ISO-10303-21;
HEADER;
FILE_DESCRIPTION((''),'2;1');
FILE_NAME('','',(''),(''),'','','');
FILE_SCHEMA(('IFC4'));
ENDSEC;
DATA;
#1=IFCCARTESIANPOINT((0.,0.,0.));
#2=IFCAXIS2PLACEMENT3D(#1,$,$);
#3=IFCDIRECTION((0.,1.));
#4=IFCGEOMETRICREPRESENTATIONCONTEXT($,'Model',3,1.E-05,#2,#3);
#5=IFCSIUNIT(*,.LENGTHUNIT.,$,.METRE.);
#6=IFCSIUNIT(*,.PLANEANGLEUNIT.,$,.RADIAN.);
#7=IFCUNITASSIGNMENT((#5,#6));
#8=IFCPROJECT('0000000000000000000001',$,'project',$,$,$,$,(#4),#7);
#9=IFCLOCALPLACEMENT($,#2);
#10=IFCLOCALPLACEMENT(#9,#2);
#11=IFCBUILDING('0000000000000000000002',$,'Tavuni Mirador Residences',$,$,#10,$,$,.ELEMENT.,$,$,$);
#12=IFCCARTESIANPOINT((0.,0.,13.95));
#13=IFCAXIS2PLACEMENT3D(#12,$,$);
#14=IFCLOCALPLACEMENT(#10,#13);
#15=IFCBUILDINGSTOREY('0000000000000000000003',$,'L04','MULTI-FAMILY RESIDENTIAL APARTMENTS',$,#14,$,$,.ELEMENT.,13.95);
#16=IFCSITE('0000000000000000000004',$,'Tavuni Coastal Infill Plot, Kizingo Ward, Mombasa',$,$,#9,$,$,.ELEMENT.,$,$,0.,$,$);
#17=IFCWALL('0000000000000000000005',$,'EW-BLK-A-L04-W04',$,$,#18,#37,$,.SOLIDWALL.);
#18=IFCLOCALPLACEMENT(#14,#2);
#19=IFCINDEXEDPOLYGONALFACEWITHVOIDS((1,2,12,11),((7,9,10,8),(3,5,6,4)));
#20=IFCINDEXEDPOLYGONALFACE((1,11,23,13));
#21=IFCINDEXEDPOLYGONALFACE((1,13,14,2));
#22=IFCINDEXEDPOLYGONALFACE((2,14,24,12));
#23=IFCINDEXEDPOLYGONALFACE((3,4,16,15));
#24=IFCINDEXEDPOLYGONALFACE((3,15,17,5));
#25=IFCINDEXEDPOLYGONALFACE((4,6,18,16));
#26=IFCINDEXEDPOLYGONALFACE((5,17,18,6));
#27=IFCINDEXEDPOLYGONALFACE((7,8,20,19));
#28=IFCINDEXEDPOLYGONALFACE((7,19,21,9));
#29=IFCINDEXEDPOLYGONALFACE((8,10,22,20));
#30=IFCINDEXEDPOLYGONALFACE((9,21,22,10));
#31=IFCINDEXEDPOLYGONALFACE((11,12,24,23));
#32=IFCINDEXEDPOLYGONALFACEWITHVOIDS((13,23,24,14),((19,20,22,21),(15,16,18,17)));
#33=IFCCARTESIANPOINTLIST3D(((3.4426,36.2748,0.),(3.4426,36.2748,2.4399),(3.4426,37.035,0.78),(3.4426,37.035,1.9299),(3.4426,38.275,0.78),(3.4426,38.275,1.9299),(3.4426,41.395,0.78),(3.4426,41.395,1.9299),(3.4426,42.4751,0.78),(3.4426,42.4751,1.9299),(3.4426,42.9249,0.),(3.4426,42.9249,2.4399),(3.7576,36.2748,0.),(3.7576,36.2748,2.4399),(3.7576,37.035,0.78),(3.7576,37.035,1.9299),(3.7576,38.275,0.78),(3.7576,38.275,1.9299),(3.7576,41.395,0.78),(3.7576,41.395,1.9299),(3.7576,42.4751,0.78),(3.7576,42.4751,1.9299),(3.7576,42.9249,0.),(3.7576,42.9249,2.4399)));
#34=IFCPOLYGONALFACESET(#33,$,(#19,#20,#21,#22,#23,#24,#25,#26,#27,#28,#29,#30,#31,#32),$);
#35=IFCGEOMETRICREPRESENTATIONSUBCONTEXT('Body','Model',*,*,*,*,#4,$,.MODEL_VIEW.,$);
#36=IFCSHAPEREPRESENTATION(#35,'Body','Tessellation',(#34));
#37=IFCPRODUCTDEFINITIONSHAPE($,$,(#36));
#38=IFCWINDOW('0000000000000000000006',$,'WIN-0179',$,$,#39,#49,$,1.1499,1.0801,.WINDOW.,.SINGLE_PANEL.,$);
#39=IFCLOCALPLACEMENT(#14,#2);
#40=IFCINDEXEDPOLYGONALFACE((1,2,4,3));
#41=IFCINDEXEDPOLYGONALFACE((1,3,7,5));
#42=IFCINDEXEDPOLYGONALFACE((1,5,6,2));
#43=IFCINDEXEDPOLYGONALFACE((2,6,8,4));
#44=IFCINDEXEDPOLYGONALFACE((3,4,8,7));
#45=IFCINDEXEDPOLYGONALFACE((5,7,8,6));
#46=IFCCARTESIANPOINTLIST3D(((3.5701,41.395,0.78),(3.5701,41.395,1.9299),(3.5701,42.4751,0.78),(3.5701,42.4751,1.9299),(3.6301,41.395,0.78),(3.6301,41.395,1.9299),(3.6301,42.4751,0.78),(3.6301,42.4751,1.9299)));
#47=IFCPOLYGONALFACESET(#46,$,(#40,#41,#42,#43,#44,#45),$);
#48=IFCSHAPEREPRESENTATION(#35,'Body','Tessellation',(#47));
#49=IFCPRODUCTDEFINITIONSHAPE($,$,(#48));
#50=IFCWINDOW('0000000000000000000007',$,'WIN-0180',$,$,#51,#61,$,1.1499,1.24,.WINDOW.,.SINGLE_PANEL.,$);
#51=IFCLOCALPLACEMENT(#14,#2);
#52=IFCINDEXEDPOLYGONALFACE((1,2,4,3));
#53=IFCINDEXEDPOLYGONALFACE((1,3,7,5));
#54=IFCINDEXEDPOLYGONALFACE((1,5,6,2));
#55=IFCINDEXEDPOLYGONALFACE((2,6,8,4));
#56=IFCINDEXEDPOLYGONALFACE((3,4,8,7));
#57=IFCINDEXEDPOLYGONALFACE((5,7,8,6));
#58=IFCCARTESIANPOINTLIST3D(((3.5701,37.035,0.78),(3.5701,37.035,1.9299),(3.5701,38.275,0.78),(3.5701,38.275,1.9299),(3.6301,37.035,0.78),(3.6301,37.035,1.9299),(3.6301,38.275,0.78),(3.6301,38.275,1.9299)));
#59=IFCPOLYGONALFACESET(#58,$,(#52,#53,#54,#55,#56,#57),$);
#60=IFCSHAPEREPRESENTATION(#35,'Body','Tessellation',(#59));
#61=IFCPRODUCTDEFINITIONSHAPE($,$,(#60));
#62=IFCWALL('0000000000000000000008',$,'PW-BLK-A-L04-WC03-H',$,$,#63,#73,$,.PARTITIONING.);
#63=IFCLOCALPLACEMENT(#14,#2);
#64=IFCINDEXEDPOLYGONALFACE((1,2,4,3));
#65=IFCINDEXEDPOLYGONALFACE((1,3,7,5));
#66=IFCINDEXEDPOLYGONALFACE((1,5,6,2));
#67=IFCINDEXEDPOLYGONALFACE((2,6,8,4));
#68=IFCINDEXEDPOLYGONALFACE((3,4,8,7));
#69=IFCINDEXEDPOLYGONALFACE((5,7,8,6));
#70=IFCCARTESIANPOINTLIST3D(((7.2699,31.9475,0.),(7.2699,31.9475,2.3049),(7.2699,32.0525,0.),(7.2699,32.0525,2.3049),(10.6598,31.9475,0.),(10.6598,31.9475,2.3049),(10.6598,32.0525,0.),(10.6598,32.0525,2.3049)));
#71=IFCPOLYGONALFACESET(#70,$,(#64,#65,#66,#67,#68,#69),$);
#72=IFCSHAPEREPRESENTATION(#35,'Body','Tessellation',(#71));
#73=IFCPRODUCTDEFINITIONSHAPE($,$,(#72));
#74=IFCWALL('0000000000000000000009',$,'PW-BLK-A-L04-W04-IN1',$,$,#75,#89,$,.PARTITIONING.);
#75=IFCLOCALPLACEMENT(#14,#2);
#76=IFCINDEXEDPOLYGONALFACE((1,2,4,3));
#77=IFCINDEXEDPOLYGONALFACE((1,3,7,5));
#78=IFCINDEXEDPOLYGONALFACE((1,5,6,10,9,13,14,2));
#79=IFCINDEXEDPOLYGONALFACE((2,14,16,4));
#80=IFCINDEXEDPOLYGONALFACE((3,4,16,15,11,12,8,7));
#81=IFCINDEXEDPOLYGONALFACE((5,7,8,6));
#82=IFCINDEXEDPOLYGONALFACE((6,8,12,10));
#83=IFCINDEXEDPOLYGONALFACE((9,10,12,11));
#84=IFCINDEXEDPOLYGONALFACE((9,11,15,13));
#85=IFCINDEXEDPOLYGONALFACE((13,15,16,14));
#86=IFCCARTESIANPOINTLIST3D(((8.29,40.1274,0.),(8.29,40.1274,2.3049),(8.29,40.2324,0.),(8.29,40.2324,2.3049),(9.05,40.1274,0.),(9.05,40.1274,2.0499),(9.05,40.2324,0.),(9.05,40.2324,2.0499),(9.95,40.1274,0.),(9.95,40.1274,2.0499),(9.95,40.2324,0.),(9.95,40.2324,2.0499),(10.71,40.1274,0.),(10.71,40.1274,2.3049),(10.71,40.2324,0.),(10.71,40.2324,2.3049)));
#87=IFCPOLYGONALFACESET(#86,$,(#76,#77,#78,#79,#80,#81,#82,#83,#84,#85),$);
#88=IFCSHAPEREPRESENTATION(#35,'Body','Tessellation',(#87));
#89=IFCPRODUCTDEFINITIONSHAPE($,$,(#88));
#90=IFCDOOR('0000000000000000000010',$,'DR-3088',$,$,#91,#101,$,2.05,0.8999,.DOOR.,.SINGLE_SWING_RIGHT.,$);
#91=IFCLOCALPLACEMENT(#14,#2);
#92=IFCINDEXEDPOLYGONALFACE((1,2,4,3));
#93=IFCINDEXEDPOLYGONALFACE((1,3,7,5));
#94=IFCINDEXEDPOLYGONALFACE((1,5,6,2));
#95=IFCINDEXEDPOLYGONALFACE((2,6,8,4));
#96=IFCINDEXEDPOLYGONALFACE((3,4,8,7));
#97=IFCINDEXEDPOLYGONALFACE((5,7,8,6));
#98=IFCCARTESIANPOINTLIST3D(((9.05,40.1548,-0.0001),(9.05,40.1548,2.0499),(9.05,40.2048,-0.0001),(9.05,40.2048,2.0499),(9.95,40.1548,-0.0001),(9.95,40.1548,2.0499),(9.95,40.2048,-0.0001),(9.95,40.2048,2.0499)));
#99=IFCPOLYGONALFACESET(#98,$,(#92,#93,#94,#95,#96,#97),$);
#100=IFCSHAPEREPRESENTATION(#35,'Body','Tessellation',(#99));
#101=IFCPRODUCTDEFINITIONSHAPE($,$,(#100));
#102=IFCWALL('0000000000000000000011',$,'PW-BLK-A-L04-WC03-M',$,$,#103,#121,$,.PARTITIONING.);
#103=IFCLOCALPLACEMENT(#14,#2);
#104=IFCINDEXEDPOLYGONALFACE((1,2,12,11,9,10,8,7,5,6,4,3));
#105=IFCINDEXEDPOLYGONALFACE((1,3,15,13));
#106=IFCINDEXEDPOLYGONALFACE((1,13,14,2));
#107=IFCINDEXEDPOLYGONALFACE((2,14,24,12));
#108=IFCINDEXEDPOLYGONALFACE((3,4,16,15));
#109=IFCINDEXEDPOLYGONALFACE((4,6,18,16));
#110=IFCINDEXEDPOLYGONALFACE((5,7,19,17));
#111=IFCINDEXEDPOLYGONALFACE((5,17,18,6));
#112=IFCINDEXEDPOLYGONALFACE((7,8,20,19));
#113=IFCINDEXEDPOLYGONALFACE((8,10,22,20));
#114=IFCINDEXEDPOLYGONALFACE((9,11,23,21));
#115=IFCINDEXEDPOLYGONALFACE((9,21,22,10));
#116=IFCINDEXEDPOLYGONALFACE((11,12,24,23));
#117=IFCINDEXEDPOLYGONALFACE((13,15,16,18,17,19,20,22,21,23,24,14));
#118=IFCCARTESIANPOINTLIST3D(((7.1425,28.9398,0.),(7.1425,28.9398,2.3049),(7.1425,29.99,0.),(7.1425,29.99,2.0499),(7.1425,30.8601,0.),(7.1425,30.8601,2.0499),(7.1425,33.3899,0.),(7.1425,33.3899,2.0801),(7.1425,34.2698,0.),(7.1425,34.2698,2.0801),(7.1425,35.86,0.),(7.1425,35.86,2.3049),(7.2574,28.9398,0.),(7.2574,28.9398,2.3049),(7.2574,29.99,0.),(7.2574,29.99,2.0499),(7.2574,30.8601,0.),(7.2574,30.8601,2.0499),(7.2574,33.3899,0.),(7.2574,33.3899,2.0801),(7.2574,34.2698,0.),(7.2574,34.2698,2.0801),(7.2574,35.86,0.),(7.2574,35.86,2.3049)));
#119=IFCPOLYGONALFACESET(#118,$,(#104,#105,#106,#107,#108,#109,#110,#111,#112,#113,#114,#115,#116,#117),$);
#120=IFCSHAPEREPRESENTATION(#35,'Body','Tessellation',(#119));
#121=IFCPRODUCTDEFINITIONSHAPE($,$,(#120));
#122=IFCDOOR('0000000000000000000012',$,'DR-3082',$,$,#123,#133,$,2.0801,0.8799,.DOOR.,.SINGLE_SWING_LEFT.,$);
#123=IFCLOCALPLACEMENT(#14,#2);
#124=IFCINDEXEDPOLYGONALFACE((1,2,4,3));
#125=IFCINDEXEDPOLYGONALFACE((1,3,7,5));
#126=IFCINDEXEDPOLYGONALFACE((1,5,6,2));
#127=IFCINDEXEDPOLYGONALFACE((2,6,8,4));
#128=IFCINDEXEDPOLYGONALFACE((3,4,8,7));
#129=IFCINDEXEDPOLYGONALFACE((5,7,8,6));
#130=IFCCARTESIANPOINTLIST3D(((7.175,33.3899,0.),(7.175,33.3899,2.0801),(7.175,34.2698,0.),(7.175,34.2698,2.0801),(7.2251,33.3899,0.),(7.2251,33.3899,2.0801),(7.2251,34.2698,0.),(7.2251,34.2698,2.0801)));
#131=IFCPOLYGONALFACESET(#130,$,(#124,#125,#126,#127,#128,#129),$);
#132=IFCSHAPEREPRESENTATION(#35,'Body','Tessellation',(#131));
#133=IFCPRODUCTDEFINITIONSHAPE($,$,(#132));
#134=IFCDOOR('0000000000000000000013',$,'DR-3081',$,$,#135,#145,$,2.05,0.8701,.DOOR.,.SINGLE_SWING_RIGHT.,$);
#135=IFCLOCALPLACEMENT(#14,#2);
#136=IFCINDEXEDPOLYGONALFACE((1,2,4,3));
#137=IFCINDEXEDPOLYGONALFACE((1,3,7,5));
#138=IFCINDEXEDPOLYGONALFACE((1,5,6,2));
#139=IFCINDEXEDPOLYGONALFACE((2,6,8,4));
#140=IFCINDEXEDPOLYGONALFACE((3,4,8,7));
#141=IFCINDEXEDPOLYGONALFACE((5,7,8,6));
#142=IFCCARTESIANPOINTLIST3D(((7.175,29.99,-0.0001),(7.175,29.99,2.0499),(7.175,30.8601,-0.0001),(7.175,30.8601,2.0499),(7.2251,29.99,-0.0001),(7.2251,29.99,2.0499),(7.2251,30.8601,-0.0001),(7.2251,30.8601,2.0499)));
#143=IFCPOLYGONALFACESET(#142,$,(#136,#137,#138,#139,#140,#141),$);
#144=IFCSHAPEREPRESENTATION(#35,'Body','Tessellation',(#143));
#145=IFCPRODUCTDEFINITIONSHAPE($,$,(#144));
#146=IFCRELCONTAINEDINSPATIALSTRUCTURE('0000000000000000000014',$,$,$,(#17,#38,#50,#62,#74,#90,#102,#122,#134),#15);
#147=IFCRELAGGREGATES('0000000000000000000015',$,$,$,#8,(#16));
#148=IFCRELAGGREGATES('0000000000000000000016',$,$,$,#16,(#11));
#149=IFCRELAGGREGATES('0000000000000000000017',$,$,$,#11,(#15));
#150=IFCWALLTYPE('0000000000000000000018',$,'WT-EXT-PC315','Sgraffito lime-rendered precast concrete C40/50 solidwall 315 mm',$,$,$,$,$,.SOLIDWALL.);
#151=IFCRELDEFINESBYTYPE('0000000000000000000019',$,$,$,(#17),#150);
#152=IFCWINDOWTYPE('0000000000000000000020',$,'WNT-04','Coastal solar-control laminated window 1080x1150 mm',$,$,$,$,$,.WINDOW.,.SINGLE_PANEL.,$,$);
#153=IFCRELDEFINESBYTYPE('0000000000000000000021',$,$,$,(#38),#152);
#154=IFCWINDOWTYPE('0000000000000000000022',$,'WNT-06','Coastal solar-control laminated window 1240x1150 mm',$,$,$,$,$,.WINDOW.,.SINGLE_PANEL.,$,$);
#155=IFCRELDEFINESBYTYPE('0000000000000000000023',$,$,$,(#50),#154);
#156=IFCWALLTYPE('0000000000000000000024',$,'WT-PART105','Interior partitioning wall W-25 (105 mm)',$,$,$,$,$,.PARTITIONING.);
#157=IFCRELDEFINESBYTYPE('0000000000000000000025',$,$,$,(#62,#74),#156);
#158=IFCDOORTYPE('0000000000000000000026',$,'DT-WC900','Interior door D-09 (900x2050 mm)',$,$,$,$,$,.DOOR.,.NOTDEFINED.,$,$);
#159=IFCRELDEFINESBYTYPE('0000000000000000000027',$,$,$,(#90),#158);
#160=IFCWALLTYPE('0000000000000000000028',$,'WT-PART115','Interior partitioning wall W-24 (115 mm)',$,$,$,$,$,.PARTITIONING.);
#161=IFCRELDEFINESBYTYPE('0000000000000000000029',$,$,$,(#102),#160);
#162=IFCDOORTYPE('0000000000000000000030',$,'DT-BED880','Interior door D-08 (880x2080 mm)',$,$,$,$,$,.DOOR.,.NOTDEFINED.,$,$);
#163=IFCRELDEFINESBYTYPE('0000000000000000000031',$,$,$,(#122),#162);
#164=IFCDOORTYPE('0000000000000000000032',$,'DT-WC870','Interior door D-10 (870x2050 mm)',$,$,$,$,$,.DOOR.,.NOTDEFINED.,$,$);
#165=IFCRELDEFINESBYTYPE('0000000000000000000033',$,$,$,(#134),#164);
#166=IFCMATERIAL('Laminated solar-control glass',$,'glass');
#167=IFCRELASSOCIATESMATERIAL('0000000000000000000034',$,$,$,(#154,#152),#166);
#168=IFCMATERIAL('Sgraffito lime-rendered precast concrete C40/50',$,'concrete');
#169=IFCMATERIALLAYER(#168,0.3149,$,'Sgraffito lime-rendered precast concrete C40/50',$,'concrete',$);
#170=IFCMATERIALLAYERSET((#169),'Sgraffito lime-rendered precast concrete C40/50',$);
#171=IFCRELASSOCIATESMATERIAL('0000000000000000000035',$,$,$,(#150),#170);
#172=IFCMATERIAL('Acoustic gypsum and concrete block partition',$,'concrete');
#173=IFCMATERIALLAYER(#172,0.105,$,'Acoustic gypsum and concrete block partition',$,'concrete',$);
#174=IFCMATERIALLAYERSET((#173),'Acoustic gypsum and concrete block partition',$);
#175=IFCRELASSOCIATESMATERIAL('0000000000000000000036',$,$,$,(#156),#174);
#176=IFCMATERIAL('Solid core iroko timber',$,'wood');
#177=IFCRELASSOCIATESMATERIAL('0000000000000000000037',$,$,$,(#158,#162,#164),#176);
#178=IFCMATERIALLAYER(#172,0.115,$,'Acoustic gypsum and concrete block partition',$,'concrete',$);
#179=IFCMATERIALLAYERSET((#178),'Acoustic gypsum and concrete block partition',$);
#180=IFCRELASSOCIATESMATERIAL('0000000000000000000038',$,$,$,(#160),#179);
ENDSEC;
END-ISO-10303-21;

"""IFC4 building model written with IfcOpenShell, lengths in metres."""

from ifc_helpers import new_model, si_unit, direction, frame, frame_2d, origin, place, context, subcontext, project, spatial, rectangle, extrude, material, layer, layer_set, type_object, element, fill, save


model = new_model("IFC4")

# Units and contexts
model_context = context("Model", 3, precision=1e-05, world=origin(), true_north=direction((0.0, 1.0)))
body_context = subcontext(model_context, "Body", "Model", "MODEL_VIEW")
ifc_project = project(units=[si_unit("LENGTHUNIT", "METRE"), si_unit("PLANEANGLEUNIT", "RADIAN")], contexts=[model_context])

# Site, building, storey
site_placement = place(None, origin())
site = spatial("IfcSite", under=ifc_project, at=site_placement, Name="Tavuni Coastal Infill Plot, Kizingo Ward, Mombasa", CompositionType="ELEMENT", RefElevation=0.0)
building_placement = place(site_placement, origin())
building = spatial("IfcBuilding", under=site, at=building_placement, Name="Tavuni Mirador Residences", CompositionType="ELEMENT")
storey_placement = place(building_placement, frame((0.0, 0.0, 13.95)))
storey = spatial("IfcBuildingStorey", under=building, at=storey_placement, Name="L04", Description="MULTI-FAMILY RESIDENTIAL APARTMENTS", CompositionType="ELEMENT", Elevation=13.95)

# Wall, openings, windows
ifc_material_1 = material(Name="Laminated solar-control glass", Category="glass")
window_type_1 = type_object("IfcWindowType", Name="WNT-06", Description="Coastal solar-control laminated window 1240x1150 mm", PartitioningType="SINGLE_PANEL", PredefinedType="WINDOW", material=ifc_material_1)
ifc_material_2 = material(Name="Sgraffito lime-rendered precast concrete C40/50", Category="concrete")
ifc_layer_1 = layer(ifc_material_2, 0.3149, Name="Sgraffito lime-rendered precast concrete C40/50", Category="concrete")
ifc_layer_set_1 = layer_set([ifc_layer_1], Name="Sgraffito lime-rendered precast concrete C40/50")
wall_type_1 = type_object("IfcWallType", Name="WT-EXT-PC315", Description="Sgraffito lime-rendered precast concrete C40/50 solidwall 315 mm", PredefinedType="SOLIDWALL", material=ifc_layer_set_1)
wall_1_placement = place(storey_placement, frame((3.6001, 42.925, 0.0), z_axis=(0.0, 0.0, 1.0), x_axis=(0.0, -1.0, 0.0)))
wall_1 = element("IfcWall", 1, at=wall_1_placement, inside=storey, type_object=wall_type_1, Name="EW-BLK-A-L04-W04", PredefinedType="SOLIDWALL", context=body_context, shape_type="SweptSolid", body=[
    extrude(rectangle(XDim=6.6501, YDim=0.3149, at=frame_2d((3.3252, 0.0))), origin(), (0.0, 0.0, 1.0), 2.4399),
])
opening_1_placement = place(wall_1_placement, frame((0.45, 0.0, 0.78)))
opening_1 = element("IfcOpeningElement", 2, at=opening_1_placement, cuts=wall_1, PredefinedType="OPENING", context=body_context, shape_type="SweptSolid", body=[
    extrude(rectangle(XDim=1.0801, YDim=1.1499, at=frame_2d((0.54, 0.575))), frame((0.0, 0.1675, 0.0), z_axis=(0.0, -1.0, 0.0), x_axis=(1.0, 0.0, 0.0)), (0.0, 0.0, 1.0), 0.335),
])
opening_2_placement = place(wall_1_placement, frame((4.6499, 0.0, 0.78)))
opening_2 = element("IfcOpeningElement", 3, at=opening_2_placement, cuts=wall_1, PredefinedType="OPENING", context=body_context, shape_type="SweptSolid", body=[
    extrude(rectangle(XDim=1.24, YDim=1.1499, at=frame_2d((0.6201, 0.575))), frame((0.0, 0.1675, 0.0), z_axis=(0.0, -1.0, 0.0), x_axis=(1.0, 0.0, 0.0)), (0.0, 0.0, 1.0), 0.335),
])
window_type_2 = type_object("IfcWindowType", Name="WNT-04", Description="Coastal solar-control laminated window 1080x1150 mm", PartitioningType="SINGLE_PANEL", PredefinedType="WINDOW", material=ifc_material_1)
window_1_placement = place(opening_1_placement, origin())
window_1 = element("IfcWindow", 4, at=window_1_placement, inside=storey, type_object=window_type_2, Name="WIN-0179", OverallHeight=1.1499, OverallWidth=1.0801, PartitioningType="SINGLE_PANEL", PredefinedType="WINDOW", context=body_context, shape_type="SweptSolid", body=[
    extrude(rectangle(XDim=1.0801, YDim=1.1499, at=frame_2d((0.54, 0.575))), frame((0.0, 0.03, 0.0), z_axis=(0.0, -1.0, 0.0), x_axis=(1.0, 0.0, 0.0)), (0.0, 0.0, 1.0), 0.0601),
])
fill(opening_1, window_1)
window_2_placement = place(opening_2_placement, origin())
window_2 = element("IfcWindow", 5, at=window_2_placement, inside=storey, type_object=window_type_1, Name="WIN-0180", OverallHeight=1.1499, OverallWidth=1.24, PartitioningType="SINGLE_PANEL", PredefinedType="WINDOW", context=body_context, shape_type="SweptSolid", body=[
    extrude(rectangle(XDim=1.24, YDim=1.1499, at=frame_2d((0.6201, 0.575))), frame((0.0, 0.03, 0.0), z_axis=(0.0, -1.0, 0.0), x_axis=(1.0, 0.0, 0.0)), (0.0, 0.0, 1.0), 0.0601),
])
fill(opening_2, window_2)

# Wall
ifc_material_3 = material(Name="Acoustic gypsum and concrete block partition", Category="concrete")
ifc_layer_2 = layer(ifc_material_3, 0.105, Name="Acoustic gypsum and concrete block partition", Category="concrete")
ifc_layer_set_2 = layer_set([ifc_layer_2], Name="Acoustic gypsum and concrete block partition")
wall_type_2 = type_object("IfcWallType", Name="WT-PART105", Description="Interior partitioning wall W-25 (105 mm)", PredefinedType="PARTITIONING", material=ifc_layer_set_2)
wall_2_placement = place(storey_placement, frame((7.27, 32.0, 0.0), z_axis=(0.0, 0.0, 1.0), x_axis=(1.0, 0.0, 0.0)))
element("IfcWall", 6, at=wall_2_placement, inside=storey, type_object=wall_type_2, Name="PW-BLK-A-L04-WC03-H", PredefinedType="PARTITIONING", context=body_context, shape_type="SweptSolid", body=[
    extrude(rectangle(XDim=3.3899, YDim=0.105, at=frame_2d((1.6948, 0.0))), origin(), (0.0, 0.0, 1.0), 2.3049),
])

# Wall, opening, door
wall_3_placement = place(storey_placement, frame((8.29, 40.1799, 0.0), z_axis=(0.0, 0.0, 1.0), x_axis=(1.0, 0.0, 0.0)))
wall_3 = element("IfcWall", 7, at=wall_3_placement, inside=storey, type_object=wall_type_2, Name="PW-BLK-A-L04-W04-IN1", PredefinedType="PARTITIONING", context=body_context, shape_type="SweptSolid", body=[
    extrude(rectangle(XDim=2.4199, YDim=0.105, at=frame_2d((1.21, 0.0))), origin(), (0.0, 0.0, 1.0), 2.3049),
])
opening_3_placement = place(wall_3_placement, frame((0.76, 0.0, 0.0)))
opening_3 = element("IfcOpeningElement", 8, at=opening_3_placement, cuts=wall_3, PredefinedType="OPENING", context=body_context, shape_type="SweptSolid", body=[
    extrude(rectangle(XDim=0.8999, YDim=2.05, at=frame_2d((0.45, 1.0249))), frame((0.0, 0.0625, 0.0), z_axis=(0.0, -1.0, 0.0), x_axis=(1.0, 0.0, 0.0)), (0.0, 0.0, 1.0), 0.125),
])
ifc_material_4 = material(Name="Solid core iroko timber", Category="wood")
door_type_1 = type_object("IfcDoorType", Name="DT-WC900", Description="Interior door D-09 (900x2050 mm)", OperationType="NOTDEFINED", PredefinedType="DOOR", material=ifc_material_4)
door_1_placement = place(opening_3_placement, origin())
door_1 = element("IfcDoor", 9, at=door_1_placement, inside=storey, type_object=door_type_1, Name="DR-3088", OperationType="SINGLE_SWING_RIGHT", OverallHeight=2.05, OverallWidth=0.8999, PredefinedType="DOOR", context=body_context, shape_type="SweptSolid", body=[
    extrude(rectangle(XDim=0.8999, YDim=2.05, at=frame_2d((0.45, 1.0249))), frame((0.0, 0.0249, 0.0), z_axis=(0.0, -1.0, 0.0), x_axis=(1.0, 0.0, 0.0)), (0.0, 0.0, 1.0), 0.05),
])
fill(opening_3, door_1)

# Wall, openings, doors
ifc_layer_3 = layer(ifc_material_3, 0.115, Name="Acoustic gypsum and concrete block partition", Category="concrete")
ifc_layer_set_3 = layer_set([ifc_layer_3], Name="Acoustic gypsum and concrete block partition")
wall_type_3 = type_object("IfcWallType", Name="WT-PART115", Description="Interior partitioning wall W-24 (115 mm)", PredefinedType="PARTITIONING", material=ifc_layer_set_3)
wall_4_placement = place(storey_placement, frame((7.2, 28.9399, 0.0), z_axis=(0.0, 0.0, 1.0), x_axis=(0.0, 1.0, 0.0)))
wall_4 = element("IfcWall", 10, at=wall_4_placement, inside=storey, type_object=wall_type_3, Name="PW-BLK-A-L04-WC03-M", PredefinedType="PARTITIONING", context=body_context, shape_type="SweptSolid", body=[
    extrude(rectangle(XDim=6.9202, YDim=0.115, at=frame_2d((3.46, 0.0))), origin(), (0.0, 0.0, 1.0), 2.3049),
])
opening_4_placement = place(wall_4_placement, frame((1.05, 0.0, 0.0)))
opening_4 = element("IfcOpeningElement", 11, at=opening_4_placement, cuts=wall_4, PredefinedType="OPENING", context=body_context, shape_type="SweptSolid", body=[
    extrude(rectangle(XDim=0.8701, YDim=2.05, at=frame_2d((0.4351, 1.0249))), frame((0.0, 0.0674, 0.0), z_axis=(0.0, -1.0, 0.0), x_axis=(1.0, 0.0, 0.0)), (0.0, 0.0, 1.0), 0.135),
])
opening_5_placement = place(wall_4_placement, frame((4.45, 0.0, 0.0)))
opening_5 = element("IfcOpeningElement", 12, at=opening_5_placement, cuts=wall_4, PredefinedType="OPENING", context=body_context, shape_type="SweptSolid", body=[
    extrude(rectangle(XDim=0.8799, YDim=2.0801, at=frame_2d((0.4399, 1.04))), frame((0.0, 0.0674, 0.0), z_axis=(0.0, -1.0, 0.0), x_axis=(1.0, 0.0, 0.0)), (0.0, 0.0, 1.0), 0.135),
])
door_type_2 = type_object("IfcDoorType", Name="DT-BED880", Description="Interior door D-08 (880x2080 mm)", OperationType="NOTDEFINED", PredefinedType="DOOR", material=ifc_material_4)
door_2_placement = place(opening_5_placement, origin())
door_2 = element("IfcDoor", 13, at=door_2_placement, inside=storey, type_object=door_type_2, Name="DR-3082", OperationType="SINGLE_SWING_LEFT", OverallHeight=2.0801, OverallWidth=0.8799, PredefinedType="DOOR", context=body_context, shape_type="SweptSolid", body=[
    extrude(rectangle(XDim=0.8799, YDim=2.0801, at=frame_2d((0.4399, 1.04))), frame((0.0, 0.0249, 0.0), z_axis=(0.0, -1.0, 0.0), x_axis=(1.0, 0.0, 0.0)), (0.0, 0.0, 1.0), 0.05),
])
fill(opening_5, door_2)
door_type_3 = type_object("IfcDoorType", Name="DT-WC870", Description="Interior door D-10 (870x2050 mm)", OperationType="NOTDEFINED", PredefinedType="DOOR", material=ifc_material_4)
door_3_placement = place(opening_4_placement, origin())
door_3 = element("IfcDoor", 14, at=door_3_placement, inside=storey, type_object=door_type_3, Name="DR-3081", OperationType="SINGLE_SWING_RIGHT", OverallHeight=2.05, OverallWidth=0.8701, PredefinedType="DOOR", context=body_context, shape_type="SweptSolid", body=[
    extrude(rectangle(XDim=0.8701, YDim=2.05, at=frame_2d((0.4351, 1.0249))), frame((0.0, 0.0249, 0.0), z_axis=(0.0, -1.0, 0.0), x_axis=(1.0, 0.0, 0.0)), (0.0, 0.0, 1.0), 0.05),
])
fill(opening_4, door_3)

save(model, "model.ifc")
